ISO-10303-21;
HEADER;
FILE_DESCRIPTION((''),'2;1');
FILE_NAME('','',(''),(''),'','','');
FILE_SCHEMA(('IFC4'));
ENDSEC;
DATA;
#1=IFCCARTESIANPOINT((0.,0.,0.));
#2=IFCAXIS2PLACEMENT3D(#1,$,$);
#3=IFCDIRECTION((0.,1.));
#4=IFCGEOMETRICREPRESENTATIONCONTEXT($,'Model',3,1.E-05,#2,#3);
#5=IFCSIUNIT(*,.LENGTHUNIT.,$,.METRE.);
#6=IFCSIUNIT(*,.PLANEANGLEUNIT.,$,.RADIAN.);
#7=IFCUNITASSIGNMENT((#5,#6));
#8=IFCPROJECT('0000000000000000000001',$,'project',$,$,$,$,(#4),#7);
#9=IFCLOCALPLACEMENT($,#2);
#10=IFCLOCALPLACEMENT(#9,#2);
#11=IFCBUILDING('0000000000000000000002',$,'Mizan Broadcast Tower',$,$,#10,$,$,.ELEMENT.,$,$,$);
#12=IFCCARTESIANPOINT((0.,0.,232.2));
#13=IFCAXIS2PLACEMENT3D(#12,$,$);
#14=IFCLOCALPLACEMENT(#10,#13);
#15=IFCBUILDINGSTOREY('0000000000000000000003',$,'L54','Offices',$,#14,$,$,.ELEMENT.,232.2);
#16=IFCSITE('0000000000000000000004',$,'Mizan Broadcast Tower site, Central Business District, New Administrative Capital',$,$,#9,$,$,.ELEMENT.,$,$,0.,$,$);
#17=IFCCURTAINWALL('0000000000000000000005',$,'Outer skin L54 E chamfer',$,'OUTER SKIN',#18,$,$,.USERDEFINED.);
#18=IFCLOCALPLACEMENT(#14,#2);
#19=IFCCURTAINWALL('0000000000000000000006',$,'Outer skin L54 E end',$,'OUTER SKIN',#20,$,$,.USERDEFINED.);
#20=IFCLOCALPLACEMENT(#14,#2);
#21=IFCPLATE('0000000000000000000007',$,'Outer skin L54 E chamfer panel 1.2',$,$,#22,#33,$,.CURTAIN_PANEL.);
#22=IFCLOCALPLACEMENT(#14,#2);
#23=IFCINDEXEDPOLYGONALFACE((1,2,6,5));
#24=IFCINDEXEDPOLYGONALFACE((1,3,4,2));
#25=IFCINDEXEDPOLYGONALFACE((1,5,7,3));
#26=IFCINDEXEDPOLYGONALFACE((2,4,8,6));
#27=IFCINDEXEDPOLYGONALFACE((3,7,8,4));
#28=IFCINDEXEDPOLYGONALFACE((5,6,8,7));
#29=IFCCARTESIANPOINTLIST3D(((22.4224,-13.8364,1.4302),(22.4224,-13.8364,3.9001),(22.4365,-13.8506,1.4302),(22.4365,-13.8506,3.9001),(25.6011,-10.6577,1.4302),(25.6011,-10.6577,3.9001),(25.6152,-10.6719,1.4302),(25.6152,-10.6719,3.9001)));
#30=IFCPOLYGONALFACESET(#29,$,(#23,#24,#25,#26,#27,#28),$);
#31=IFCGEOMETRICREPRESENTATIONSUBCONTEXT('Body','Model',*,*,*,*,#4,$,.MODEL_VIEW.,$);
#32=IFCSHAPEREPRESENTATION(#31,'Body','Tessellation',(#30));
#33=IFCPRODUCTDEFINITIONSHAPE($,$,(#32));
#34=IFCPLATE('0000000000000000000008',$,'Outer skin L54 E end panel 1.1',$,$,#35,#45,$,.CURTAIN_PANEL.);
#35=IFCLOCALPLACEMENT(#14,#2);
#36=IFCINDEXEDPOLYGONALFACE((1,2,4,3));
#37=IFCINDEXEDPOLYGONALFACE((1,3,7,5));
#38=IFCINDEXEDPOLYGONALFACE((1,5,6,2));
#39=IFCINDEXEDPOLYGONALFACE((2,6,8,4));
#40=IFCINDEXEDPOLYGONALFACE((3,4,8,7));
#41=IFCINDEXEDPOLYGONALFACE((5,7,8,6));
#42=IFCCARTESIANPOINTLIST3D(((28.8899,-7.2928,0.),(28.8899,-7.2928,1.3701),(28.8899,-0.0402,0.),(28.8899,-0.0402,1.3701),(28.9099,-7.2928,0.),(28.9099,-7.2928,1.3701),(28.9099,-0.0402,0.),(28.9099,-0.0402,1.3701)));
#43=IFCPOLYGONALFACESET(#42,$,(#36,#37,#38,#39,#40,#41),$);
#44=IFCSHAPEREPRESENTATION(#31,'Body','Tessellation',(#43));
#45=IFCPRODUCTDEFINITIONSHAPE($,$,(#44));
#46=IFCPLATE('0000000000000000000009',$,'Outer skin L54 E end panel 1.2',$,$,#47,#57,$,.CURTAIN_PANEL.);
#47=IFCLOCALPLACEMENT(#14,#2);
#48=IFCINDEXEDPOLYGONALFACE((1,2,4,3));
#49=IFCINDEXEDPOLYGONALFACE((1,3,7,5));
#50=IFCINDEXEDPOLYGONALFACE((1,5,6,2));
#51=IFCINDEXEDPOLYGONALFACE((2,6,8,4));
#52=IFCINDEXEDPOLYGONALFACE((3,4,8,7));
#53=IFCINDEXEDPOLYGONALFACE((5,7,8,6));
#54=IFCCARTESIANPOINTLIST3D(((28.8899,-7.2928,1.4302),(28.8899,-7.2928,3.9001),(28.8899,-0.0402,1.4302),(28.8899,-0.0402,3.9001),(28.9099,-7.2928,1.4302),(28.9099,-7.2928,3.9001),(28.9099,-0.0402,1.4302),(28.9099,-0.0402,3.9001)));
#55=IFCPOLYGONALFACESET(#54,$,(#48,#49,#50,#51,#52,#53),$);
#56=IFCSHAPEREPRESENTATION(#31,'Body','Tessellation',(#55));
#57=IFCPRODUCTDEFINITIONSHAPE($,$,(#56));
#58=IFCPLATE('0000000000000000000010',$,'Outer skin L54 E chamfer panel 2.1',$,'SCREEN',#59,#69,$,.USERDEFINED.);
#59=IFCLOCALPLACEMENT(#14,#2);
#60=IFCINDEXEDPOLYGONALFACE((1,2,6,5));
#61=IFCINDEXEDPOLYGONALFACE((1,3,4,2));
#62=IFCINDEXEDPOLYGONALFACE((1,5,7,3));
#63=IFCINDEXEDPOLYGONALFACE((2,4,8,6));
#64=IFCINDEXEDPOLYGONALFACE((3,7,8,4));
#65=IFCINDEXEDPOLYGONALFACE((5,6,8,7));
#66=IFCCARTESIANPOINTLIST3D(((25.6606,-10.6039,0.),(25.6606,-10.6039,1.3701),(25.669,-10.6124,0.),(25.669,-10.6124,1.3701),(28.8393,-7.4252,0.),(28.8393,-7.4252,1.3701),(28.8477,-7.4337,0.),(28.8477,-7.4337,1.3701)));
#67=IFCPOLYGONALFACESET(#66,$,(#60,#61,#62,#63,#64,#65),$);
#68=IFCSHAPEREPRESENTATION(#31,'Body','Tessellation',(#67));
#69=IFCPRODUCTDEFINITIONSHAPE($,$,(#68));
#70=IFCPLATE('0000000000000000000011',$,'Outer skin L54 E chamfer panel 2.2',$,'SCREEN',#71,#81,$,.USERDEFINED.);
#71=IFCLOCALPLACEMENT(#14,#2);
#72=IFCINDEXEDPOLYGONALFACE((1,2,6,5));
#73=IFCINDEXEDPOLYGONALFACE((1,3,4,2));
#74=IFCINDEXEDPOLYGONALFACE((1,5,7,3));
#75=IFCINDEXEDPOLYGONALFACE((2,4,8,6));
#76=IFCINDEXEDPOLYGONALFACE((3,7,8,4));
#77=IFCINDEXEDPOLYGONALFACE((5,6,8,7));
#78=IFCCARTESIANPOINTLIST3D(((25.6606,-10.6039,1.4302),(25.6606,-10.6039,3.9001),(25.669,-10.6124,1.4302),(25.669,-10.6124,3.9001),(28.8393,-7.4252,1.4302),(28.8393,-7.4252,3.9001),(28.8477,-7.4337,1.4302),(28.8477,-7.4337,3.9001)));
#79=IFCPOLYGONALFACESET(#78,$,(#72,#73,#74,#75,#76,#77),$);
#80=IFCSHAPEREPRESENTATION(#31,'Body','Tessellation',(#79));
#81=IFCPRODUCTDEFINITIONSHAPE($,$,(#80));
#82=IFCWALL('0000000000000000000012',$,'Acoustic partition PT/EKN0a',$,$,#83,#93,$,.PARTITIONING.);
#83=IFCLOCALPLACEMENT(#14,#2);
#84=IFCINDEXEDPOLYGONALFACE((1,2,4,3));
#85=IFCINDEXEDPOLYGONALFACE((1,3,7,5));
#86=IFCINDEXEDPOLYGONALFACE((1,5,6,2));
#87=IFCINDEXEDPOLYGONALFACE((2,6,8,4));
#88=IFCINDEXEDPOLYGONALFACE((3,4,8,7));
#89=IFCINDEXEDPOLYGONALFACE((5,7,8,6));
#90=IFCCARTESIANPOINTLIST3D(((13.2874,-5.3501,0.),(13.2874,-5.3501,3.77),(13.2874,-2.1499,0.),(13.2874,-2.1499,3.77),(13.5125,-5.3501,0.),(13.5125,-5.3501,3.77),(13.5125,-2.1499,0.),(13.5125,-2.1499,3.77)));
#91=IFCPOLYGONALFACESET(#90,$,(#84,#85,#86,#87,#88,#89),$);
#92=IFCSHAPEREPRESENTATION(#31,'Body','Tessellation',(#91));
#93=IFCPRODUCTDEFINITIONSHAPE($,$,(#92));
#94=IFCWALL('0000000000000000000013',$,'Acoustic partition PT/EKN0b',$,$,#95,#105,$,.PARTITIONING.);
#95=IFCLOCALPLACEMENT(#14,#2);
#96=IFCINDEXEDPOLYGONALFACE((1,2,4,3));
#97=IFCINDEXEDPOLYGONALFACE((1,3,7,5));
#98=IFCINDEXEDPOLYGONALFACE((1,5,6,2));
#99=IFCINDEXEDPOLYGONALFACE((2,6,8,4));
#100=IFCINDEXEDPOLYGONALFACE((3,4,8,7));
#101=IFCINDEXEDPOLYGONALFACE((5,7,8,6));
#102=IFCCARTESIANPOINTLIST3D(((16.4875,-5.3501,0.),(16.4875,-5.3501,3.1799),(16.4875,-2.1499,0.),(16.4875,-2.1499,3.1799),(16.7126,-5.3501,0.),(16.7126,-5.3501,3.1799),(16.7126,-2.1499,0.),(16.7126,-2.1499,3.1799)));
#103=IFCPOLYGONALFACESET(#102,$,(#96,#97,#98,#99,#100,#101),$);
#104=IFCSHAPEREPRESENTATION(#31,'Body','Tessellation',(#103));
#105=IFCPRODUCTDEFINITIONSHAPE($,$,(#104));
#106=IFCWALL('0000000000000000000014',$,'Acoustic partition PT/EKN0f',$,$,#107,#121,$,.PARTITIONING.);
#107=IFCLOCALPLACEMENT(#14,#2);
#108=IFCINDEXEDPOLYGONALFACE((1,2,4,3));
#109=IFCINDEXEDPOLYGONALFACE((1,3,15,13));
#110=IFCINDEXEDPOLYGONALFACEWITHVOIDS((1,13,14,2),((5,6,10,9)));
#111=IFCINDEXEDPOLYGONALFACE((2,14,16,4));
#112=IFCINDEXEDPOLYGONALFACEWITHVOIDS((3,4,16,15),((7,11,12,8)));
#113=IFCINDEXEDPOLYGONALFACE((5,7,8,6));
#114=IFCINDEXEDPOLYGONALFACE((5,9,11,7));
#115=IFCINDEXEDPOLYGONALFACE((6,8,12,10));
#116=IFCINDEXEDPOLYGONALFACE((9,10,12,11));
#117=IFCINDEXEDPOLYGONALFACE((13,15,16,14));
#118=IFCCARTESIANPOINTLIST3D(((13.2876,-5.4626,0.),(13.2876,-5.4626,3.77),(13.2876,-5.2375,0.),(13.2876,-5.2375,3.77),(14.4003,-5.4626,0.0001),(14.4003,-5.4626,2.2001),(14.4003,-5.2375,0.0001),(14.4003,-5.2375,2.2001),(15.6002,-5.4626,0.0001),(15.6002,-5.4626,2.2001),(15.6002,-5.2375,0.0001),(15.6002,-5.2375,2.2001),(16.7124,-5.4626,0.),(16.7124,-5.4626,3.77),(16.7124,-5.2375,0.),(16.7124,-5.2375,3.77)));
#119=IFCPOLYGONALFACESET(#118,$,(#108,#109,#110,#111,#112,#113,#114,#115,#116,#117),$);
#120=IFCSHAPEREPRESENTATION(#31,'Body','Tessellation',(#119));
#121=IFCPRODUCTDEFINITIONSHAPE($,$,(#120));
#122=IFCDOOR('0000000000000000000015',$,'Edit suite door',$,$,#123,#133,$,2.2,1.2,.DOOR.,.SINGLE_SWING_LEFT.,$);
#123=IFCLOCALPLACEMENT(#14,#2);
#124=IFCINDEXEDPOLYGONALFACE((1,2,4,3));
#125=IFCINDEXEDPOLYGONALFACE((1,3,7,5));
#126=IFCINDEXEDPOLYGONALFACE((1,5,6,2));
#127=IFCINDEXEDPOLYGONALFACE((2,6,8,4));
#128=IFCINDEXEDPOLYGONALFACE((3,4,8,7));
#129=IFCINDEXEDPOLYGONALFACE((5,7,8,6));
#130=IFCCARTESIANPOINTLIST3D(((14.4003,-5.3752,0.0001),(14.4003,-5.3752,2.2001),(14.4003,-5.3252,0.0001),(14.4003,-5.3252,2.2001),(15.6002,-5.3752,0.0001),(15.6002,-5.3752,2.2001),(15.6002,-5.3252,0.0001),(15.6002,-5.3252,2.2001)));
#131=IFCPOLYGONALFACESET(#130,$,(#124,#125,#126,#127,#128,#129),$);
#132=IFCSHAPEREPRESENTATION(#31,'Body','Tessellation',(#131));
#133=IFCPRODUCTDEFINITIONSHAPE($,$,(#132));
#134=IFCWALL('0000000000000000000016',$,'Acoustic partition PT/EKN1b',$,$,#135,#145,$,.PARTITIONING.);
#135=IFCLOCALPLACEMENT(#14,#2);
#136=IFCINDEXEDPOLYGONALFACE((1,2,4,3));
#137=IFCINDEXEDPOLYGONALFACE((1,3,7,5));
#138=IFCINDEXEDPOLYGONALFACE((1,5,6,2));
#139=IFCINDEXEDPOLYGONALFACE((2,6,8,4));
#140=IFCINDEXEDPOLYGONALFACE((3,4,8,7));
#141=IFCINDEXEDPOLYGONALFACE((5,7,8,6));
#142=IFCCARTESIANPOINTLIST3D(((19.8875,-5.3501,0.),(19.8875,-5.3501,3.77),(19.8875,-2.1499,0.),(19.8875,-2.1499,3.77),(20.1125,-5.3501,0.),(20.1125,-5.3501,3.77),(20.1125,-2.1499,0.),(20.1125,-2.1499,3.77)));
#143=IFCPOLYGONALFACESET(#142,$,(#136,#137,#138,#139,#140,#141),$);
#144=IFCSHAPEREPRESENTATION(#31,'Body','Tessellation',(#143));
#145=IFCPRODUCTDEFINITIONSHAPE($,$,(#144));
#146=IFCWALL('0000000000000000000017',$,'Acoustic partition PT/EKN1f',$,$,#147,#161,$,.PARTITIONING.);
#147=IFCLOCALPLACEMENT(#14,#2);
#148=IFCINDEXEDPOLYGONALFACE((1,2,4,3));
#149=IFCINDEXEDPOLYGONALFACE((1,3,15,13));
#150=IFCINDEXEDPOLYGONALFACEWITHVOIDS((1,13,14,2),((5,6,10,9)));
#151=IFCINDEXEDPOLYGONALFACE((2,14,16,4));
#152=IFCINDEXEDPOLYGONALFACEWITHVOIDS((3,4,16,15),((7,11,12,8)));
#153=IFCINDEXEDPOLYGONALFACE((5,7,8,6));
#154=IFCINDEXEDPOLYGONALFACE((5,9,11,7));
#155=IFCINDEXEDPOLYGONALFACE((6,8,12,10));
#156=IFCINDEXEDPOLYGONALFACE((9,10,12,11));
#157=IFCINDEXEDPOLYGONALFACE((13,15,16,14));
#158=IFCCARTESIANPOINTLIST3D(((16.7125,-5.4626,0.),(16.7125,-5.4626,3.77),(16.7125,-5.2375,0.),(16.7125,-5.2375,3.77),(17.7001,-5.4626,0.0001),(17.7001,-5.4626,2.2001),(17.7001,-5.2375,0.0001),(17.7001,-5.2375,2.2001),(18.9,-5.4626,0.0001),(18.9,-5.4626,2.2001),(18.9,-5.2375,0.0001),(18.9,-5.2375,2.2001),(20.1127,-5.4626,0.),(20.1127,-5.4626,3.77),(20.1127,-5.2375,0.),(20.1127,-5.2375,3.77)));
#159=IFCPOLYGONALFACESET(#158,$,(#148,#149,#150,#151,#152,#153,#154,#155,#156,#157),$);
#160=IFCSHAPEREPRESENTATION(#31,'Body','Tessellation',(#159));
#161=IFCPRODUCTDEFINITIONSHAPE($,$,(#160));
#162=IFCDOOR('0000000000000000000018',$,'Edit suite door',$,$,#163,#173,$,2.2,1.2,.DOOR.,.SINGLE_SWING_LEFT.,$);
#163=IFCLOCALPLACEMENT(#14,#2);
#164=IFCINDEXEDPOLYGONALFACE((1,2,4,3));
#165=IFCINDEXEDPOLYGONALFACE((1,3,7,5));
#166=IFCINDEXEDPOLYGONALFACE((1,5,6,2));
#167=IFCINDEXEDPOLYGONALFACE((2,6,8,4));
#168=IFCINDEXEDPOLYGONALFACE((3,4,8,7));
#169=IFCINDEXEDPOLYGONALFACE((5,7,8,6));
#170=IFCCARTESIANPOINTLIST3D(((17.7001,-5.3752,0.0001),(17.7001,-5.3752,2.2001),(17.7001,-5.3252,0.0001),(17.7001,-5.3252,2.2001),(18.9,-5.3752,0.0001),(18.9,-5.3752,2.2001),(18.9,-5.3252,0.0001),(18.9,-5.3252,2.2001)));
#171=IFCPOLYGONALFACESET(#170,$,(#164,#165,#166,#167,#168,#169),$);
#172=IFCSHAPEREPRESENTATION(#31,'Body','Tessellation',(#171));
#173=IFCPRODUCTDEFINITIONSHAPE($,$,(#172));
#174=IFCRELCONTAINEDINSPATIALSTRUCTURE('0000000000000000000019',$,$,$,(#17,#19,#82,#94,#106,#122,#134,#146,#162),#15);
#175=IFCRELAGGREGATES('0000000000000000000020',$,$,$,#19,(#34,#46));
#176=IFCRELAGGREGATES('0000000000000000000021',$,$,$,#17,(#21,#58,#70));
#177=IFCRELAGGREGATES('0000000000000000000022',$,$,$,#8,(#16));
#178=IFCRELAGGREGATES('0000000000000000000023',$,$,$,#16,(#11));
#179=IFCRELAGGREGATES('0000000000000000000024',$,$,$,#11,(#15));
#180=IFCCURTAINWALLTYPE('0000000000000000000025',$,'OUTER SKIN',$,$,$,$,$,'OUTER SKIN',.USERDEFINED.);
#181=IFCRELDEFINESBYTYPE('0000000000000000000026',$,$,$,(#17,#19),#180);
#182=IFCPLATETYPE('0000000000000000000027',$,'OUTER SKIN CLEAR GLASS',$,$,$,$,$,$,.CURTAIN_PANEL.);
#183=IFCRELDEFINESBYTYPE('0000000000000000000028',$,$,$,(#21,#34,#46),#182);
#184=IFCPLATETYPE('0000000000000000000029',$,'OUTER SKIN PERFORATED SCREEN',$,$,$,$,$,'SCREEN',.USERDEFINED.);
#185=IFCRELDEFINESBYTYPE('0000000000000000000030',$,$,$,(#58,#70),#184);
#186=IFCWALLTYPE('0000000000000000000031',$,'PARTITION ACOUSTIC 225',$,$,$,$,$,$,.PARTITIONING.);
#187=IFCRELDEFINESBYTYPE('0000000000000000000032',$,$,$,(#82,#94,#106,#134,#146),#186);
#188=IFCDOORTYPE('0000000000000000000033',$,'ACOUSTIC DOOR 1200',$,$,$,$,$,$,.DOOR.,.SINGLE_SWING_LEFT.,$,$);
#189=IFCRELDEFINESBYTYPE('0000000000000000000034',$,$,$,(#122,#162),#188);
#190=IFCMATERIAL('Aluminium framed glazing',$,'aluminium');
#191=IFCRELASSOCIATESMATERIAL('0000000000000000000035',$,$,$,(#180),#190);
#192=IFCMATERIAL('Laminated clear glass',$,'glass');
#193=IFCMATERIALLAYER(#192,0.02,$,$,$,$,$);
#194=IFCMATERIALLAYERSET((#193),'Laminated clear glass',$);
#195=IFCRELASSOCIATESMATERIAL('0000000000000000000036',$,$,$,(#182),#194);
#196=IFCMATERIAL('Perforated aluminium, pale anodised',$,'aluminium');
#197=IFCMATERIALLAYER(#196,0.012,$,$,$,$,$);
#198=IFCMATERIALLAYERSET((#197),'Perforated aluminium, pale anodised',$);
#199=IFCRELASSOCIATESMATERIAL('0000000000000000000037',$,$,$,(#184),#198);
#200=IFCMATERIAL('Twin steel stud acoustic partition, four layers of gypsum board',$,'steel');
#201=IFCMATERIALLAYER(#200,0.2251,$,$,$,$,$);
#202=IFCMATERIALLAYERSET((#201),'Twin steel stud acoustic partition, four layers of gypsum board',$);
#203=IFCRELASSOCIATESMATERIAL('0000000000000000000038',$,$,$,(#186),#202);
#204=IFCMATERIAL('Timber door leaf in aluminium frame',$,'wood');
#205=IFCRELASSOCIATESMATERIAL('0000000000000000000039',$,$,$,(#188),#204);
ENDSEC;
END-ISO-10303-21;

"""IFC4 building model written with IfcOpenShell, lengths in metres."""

from ifc_helpers import new_model, si_unit, direction, frame, frame_2d, origin, origin_2d, place, context, subcontext, project, spatial, rectangle, extrude, material, layer, layer_set, type_object, element, fill, aggregate, save


model = new_model("IFC4")

# Units and contexts
model_context = context("Model", 3, precision=1e-05, world=origin(), true_north=direction((0.0, 1.0)))
body_context = subcontext(model_context, "Body", "Model", "MODEL_VIEW")
ifc_project = project(units=[si_unit("LENGTHUNIT", "METRE"), si_unit("PLANEANGLEUNIT", "RADIAN")], contexts=[model_context])

# Site, building, storey
site_placement = place(None, origin())
site = spatial("IfcSite", under=ifc_project, at=site_placement, Name="Mizan Broadcast Tower site, Central Business District, New Administrative Capital", CompositionType="ELEMENT", RefElevation=0.0)
building_placement = place(site_placement, origin())
building = spatial("IfcBuilding", under=site, at=building_placement, Name="Mizan Broadcast Tower", CompositionType="ELEMENT")
storey_placement = place(building_placement, frame((0.0, 0.0, 232.2)))
storey = spatial("IfcBuildingStorey", under=building, at=storey_placement, Name="L54", Description="Offices", CompositionType="ELEMENT", Elevation=232.2)

# Curtain wall
ifc_material_1 = material(Name="Aluminium framed glazing", Category="aluminium")
curtain_wall_type_1 = type_object("IfcCurtainWallType", Name="OUTER SKIN", ElementType="OUTER SKIN", PredefinedType="USERDEFINED", material=ifc_material_1)
curtain_wall_1_placement = place(storey_placement, origin())
curtain_wall_1 = element("IfcCurtainWall", 1, at=curtain_wall_1_placement, inside=storey, type_object=curtain_wall_type_1, Name="Outer skin L54 E chamfer", ObjectType="OUTER SKIN", PredefinedType="USERDEFINED")

# Curtain wall
curtain_wall_2_placement = place(storey_placement, origin())
curtain_wall_2 = element("IfcCurtainWall", 2, at=curtain_wall_2_placement, inside=storey, type_object=curtain_wall_type_1, Name="Outer skin L54 E end", ObjectType="OUTER SKIN", PredefinedType="USERDEFINED")

# Plates
ifc_material_2 = material(Name="Laminated clear glass", Category="glass")
ifc_layer_1 = layer(ifc_material_2, 0.02)
ifc_layer_set_1 = layer_set([ifc_layer_1], Name="Laminated clear glass")
plate_type_1 = type_object("IfcPlateType", Name="OUTER SKIN CLEAR GLASS", PredefinedType="CURTAIN_PANEL", material=ifc_layer_set_1)
plate_1_placement = place(storey_placement, frame((24.0188, -12.2542, 1.4302), z_axis=(0.0, 0.0, 1.0), x_axis=(0.707107, 0.707107, 0.0)))
plate_1 = element("IfcPlate", 3, at=plate_1_placement, type_object=plate_type_1, Name="Outer skin L54 E chamfer panel 1.2", PredefinedType="CURTAIN_PANEL", context=body_context, shape_type="SweptSolid", body=[
    extrude(rectangle(XDim=4.4954, YDim=0.02, at=origin_2d()), origin(), (0.0, 0.0, 1.0), 2.47),
])
plate_2_placement = place(storey_placement, frame((28.8999, -3.6665, 0.0), z_axis=(0.0, 0.0, 1.0), x_axis=(0.0, 1.0, 0.0)))
plate_2 = element("IfcPlate", 4, at=plate_2_placement, type_object=plate_type_1, Name="Outer skin L54 E end panel 1.1", PredefinedType="CURTAIN_PANEL", context=body_context, shape_type="SweptSolid", body=[
    extrude(rectangle(XDim=7.2527, YDim=0.02, at=origin_2d()), origin(), (0.0, 0.0, 1.0), 1.3701),
])
plate_3_placement = place(storey_placement, frame((28.8999, -3.6665, 1.4302), z_axis=(0.0, 0.0, 1.0), x_axis=(0.0, 1.0, 0.0)))
plate_3 = element("IfcPlate", 5, at=plate_3_placement, type_object=plate_type_1, Name="Outer skin L54 E end panel 1.2", PredefinedType="CURTAIN_PANEL", context=body_context, shape_type="SweptSolid", body=[
    extrude(rectangle(XDim=7.2527, YDim=0.02, at=origin_2d()), origin(), (0.0, 0.0, 1.0), 2.47),
])
aggregate(curtain_wall_2, [plate_2, plate_3])
ifc_material_3 = material(Name="Perforated aluminium, pale anodised", Category="aluminium")
ifc_layer_2 = layer(ifc_material_3, 0.012)
ifc_layer_set_2 = layer_set([ifc_layer_2], Name="Perforated aluminium, pale anodised")
plate_type_2 = type_object("IfcPlateType", Name="OUTER SKIN PERFORATED SCREEN", ElementType="SCREEN", PredefinedType="USERDEFINED", material=ifc_layer_set_2)
plate_4_placement = place(storey_placement, frame((27.2542, -9.0188, 0.0), z_axis=(0.0, 0.0, 1.0), x_axis=(0.707107, 0.707107, 0.0)))
plate_4 = element("IfcPlate", 6, at=plate_4_placement, type_object=plate_type_2, Name="Outer skin L54 E chamfer panel 2.1", ObjectType="SCREEN", PredefinedType="USERDEFINED", context=body_context, shape_type="SweptSolid", body=[
    extrude(rectangle(XDim=4.4954, YDim=0.012, at=origin_2d()), origin(), (0.0, 0.0, 1.0), 1.3701),
])
plate_5_placement = place(storey_placement, frame((27.2542, -9.0188, 1.4302), z_axis=(0.0, 0.0, 1.0), x_axis=(0.707107, 0.707107, 0.0)))
plate_5 = element("IfcPlate", 7, at=plate_5_placement, type_object=plate_type_2, Name="Outer skin L54 E chamfer panel 2.2", ObjectType="SCREEN", PredefinedType="USERDEFINED", context=body_context, shape_type="SweptSolid", body=[
    extrude(rectangle(XDim=4.4954, YDim=0.012, at=origin_2d()), origin(), (0.0, 0.0, 1.0), 2.47),
])
aggregate(curtain_wall_1, [plate_1, plate_4, plate_5])

# Walls
ifc_material_4 = material(Name="Twin steel stud acoustic partition, four layers of gypsum board", Category="steel")
ifc_layer_3 = layer(ifc_material_4, 0.2251)
ifc_layer_set_3 = layer_set([ifc_layer_3], Name="Twin steel stud acoustic partition, four layers of gypsum board")
wall_type = type_object("IfcWallType", Name="PARTITION ACOUSTIC 225", PredefinedType="PARTITIONING", material=ifc_layer_set_3)
wall_1_placement = place(storey_placement, frame((13.3999, -2.1499, 0.0), z_axis=(0.0, 0.0, 1.0), x_axis=(0.0, -1.0, 0.0)))
element("IfcWall", 8, at=wall_1_placement, inside=storey, type_object=wall_type, Name="Acoustic partition PT/EKN0a", PredefinedType="PARTITIONING", context=body_context, shape_type="SweptSolid", body=[
    extrude(rectangle(XDim=3.2002, YDim=0.2251, at=frame_2d((1.6001, 0.0))), origin(), (0.0, 0.0, 1.0), 3.77),
])
wall_2_placement = place(storey_placement, frame((16.6001, -2.1499, 0.0), z_axis=(0.0, 0.0, 1.0), x_axis=(0.0, -1.0, 0.0)))
element("IfcWall", 9, at=wall_2_placement, inside=storey, type_object=wall_type, Name="Acoustic partition PT/EKN0b", PredefinedType="PARTITIONING", context=body_context, shape_type="SweptSolid", body=[
    extrude(rectangle(XDim=3.2002, YDim=0.2251, at=frame_2d((1.6001, 0.0))), origin(), (0.0, 0.0, 1.0), 3.1799),
])

# Wall, opening, door
wall_3_placement = place(storey_placement, frame((13.2876, -5.3501, 0.0), z_axis=(0.0, 0.0, 1.0), x_axis=(1.0, 0.0, 0.0)))
wall_3 = element("IfcWall", 10, at=wall_3_placement, inside=storey, type_object=wall_type, Name="Acoustic partition PT/EKN0f", PredefinedType="PARTITIONING", context=body_context, shape_type="SweptSolid", body=[
    extrude(rectangle(XDim=3.4248, YDim=0.2251, at=frame_2d((1.7124, 0.0))), origin(), (0.0, 0.0, 1.0), 3.77),
])
opening_1_placement = place(wall_3_placement, frame((1.1125, 0.0, 0.0)))
opening_1 = element("IfcOpeningElement", 11, at=opening_1_placement, cuts=wall_3, PredefinedType="OPENING", context=body_context, shape_type="SweptSolid", body=[
    extrude(rectangle(XDim=1.2, YDim=2.2, at=frame_2d((0.6001, 1.1001))), frame((0.0, 0.1226, 0.0), z_axis=(0.0, -1.0, 0.0), x_axis=(1.0, 0.0, 0.0)), (0.0, 0.0, 1.0), 0.2451),
])
ifc_material_5 = material(Name="Timber door leaf in aluminium frame", Category="wood")
door_type = type_object("IfcDoorType", Name="ACOUSTIC DOOR 1200", OperationType="SINGLE_SWING_LEFT", PredefinedType="DOOR", material=ifc_material_5)
door_1_placement = place(opening_1_placement, origin())
door_1 = element("IfcDoor", 12, at=door_1_placement, inside=storey, type_object=door_type, Name="Edit suite door", OperationType="SINGLE_SWING_LEFT", OverallHeight=2.2, OverallWidth=1.2, PredefinedType="DOOR", context=body_context, shape_type="SweptSolid", body=[
    extrude(rectangle(XDim=1.2, YDim=2.2, at=frame_2d((0.6001, 1.1001))), frame((0.0, 0.0249, 0.0), z_axis=(0.0, -1.0, 0.0), x_axis=(1.0, 0.0, 0.0)), (0.0, 0.0, 1.0), 0.05),
])
fill(opening_1, door_1)

# Wall
wall_4_placement = place(storey_placement, frame((20.0, -2.1499, 0.0), z_axis=(0.0, 0.0, 1.0), x_axis=(0.0, -1.0, 0.0)))
element("IfcWall", 13, at=wall_4_placement, inside=storey, type_object=wall_type, Name="Acoustic partition PT/EKN1b", PredefinedType="PARTITIONING", context=body_context, shape_type="SweptSolid", body=[
    extrude(rectangle(XDim=3.2002, YDim=0.2251, at=frame_2d((1.6001, 0.0))), origin(), (0.0, 0.0, 1.0), 3.77),
])

# Wall, opening, door
wall_5_placement = place(storey_placement, frame((16.7124, -5.3501, 0.0), z_axis=(0.0, 0.0, 1.0), x_axis=(1.0, 0.0, 0.0)))
wall_5 = element("IfcWall", 14, at=wall_5_placement, inside=storey, type_object=wall_type, Name="Acoustic partition PT/EKN1f", PredefinedType="PARTITIONING", context=body_context, shape_type="SweptSolid", body=[
    extrude(rectangle(XDim=3.4001, YDim=0.2251, at=frame_2d((1.7002, 0.0))), origin(), (0.0, 0.0, 1.0), 3.77),
])
opening_2_placement = place(wall_5_placement, frame((0.9875, 0.0, 0.0)))
opening_2 = element("IfcOpeningElement", 15, at=opening_2_placement, cuts=wall_5, PredefinedType="OPENING", context=body_context, shape_type="SweptSolid", body=[
    extrude(rectangle(XDim=1.2, YDim=2.2, at=frame_2d((0.6001, 1.1001))), frame((0.0, 0.1226, 0.0), z_axis=(0.0, -1.0, 0.0), x_axis=(1.0, 0.0, 0.0)), (0.0, 0.0, 1.0), 0.2451),
])
door_2_placement = place(opening_2_placement, origin())
door_2 = element("IfcDoor", 16, at=door_2_placement, inside=storey, type_object=door_type, Name="Edit suite door", OperationType="SINGLE_SWING_LEFT", OverallHeight=2.2, OverallWidth=1.2, PredefinedType="DOOR", context=body_context, shape_type="SweptSolid", body=[
    extrude(rectangle(XDim=1.2, YDim=2.2, at=frame_2d((0.6001, 1.1001))), frame((0.0, 0.0249, 0.0), z_axis=(0.0, -1.0, 0.0), x_axis=(1.0, 0.0, 0.0)), (0.0, 0.0, 1.0), 0.05),
])
fill(opening_2, door_2)

save(model, "model.ifc")
